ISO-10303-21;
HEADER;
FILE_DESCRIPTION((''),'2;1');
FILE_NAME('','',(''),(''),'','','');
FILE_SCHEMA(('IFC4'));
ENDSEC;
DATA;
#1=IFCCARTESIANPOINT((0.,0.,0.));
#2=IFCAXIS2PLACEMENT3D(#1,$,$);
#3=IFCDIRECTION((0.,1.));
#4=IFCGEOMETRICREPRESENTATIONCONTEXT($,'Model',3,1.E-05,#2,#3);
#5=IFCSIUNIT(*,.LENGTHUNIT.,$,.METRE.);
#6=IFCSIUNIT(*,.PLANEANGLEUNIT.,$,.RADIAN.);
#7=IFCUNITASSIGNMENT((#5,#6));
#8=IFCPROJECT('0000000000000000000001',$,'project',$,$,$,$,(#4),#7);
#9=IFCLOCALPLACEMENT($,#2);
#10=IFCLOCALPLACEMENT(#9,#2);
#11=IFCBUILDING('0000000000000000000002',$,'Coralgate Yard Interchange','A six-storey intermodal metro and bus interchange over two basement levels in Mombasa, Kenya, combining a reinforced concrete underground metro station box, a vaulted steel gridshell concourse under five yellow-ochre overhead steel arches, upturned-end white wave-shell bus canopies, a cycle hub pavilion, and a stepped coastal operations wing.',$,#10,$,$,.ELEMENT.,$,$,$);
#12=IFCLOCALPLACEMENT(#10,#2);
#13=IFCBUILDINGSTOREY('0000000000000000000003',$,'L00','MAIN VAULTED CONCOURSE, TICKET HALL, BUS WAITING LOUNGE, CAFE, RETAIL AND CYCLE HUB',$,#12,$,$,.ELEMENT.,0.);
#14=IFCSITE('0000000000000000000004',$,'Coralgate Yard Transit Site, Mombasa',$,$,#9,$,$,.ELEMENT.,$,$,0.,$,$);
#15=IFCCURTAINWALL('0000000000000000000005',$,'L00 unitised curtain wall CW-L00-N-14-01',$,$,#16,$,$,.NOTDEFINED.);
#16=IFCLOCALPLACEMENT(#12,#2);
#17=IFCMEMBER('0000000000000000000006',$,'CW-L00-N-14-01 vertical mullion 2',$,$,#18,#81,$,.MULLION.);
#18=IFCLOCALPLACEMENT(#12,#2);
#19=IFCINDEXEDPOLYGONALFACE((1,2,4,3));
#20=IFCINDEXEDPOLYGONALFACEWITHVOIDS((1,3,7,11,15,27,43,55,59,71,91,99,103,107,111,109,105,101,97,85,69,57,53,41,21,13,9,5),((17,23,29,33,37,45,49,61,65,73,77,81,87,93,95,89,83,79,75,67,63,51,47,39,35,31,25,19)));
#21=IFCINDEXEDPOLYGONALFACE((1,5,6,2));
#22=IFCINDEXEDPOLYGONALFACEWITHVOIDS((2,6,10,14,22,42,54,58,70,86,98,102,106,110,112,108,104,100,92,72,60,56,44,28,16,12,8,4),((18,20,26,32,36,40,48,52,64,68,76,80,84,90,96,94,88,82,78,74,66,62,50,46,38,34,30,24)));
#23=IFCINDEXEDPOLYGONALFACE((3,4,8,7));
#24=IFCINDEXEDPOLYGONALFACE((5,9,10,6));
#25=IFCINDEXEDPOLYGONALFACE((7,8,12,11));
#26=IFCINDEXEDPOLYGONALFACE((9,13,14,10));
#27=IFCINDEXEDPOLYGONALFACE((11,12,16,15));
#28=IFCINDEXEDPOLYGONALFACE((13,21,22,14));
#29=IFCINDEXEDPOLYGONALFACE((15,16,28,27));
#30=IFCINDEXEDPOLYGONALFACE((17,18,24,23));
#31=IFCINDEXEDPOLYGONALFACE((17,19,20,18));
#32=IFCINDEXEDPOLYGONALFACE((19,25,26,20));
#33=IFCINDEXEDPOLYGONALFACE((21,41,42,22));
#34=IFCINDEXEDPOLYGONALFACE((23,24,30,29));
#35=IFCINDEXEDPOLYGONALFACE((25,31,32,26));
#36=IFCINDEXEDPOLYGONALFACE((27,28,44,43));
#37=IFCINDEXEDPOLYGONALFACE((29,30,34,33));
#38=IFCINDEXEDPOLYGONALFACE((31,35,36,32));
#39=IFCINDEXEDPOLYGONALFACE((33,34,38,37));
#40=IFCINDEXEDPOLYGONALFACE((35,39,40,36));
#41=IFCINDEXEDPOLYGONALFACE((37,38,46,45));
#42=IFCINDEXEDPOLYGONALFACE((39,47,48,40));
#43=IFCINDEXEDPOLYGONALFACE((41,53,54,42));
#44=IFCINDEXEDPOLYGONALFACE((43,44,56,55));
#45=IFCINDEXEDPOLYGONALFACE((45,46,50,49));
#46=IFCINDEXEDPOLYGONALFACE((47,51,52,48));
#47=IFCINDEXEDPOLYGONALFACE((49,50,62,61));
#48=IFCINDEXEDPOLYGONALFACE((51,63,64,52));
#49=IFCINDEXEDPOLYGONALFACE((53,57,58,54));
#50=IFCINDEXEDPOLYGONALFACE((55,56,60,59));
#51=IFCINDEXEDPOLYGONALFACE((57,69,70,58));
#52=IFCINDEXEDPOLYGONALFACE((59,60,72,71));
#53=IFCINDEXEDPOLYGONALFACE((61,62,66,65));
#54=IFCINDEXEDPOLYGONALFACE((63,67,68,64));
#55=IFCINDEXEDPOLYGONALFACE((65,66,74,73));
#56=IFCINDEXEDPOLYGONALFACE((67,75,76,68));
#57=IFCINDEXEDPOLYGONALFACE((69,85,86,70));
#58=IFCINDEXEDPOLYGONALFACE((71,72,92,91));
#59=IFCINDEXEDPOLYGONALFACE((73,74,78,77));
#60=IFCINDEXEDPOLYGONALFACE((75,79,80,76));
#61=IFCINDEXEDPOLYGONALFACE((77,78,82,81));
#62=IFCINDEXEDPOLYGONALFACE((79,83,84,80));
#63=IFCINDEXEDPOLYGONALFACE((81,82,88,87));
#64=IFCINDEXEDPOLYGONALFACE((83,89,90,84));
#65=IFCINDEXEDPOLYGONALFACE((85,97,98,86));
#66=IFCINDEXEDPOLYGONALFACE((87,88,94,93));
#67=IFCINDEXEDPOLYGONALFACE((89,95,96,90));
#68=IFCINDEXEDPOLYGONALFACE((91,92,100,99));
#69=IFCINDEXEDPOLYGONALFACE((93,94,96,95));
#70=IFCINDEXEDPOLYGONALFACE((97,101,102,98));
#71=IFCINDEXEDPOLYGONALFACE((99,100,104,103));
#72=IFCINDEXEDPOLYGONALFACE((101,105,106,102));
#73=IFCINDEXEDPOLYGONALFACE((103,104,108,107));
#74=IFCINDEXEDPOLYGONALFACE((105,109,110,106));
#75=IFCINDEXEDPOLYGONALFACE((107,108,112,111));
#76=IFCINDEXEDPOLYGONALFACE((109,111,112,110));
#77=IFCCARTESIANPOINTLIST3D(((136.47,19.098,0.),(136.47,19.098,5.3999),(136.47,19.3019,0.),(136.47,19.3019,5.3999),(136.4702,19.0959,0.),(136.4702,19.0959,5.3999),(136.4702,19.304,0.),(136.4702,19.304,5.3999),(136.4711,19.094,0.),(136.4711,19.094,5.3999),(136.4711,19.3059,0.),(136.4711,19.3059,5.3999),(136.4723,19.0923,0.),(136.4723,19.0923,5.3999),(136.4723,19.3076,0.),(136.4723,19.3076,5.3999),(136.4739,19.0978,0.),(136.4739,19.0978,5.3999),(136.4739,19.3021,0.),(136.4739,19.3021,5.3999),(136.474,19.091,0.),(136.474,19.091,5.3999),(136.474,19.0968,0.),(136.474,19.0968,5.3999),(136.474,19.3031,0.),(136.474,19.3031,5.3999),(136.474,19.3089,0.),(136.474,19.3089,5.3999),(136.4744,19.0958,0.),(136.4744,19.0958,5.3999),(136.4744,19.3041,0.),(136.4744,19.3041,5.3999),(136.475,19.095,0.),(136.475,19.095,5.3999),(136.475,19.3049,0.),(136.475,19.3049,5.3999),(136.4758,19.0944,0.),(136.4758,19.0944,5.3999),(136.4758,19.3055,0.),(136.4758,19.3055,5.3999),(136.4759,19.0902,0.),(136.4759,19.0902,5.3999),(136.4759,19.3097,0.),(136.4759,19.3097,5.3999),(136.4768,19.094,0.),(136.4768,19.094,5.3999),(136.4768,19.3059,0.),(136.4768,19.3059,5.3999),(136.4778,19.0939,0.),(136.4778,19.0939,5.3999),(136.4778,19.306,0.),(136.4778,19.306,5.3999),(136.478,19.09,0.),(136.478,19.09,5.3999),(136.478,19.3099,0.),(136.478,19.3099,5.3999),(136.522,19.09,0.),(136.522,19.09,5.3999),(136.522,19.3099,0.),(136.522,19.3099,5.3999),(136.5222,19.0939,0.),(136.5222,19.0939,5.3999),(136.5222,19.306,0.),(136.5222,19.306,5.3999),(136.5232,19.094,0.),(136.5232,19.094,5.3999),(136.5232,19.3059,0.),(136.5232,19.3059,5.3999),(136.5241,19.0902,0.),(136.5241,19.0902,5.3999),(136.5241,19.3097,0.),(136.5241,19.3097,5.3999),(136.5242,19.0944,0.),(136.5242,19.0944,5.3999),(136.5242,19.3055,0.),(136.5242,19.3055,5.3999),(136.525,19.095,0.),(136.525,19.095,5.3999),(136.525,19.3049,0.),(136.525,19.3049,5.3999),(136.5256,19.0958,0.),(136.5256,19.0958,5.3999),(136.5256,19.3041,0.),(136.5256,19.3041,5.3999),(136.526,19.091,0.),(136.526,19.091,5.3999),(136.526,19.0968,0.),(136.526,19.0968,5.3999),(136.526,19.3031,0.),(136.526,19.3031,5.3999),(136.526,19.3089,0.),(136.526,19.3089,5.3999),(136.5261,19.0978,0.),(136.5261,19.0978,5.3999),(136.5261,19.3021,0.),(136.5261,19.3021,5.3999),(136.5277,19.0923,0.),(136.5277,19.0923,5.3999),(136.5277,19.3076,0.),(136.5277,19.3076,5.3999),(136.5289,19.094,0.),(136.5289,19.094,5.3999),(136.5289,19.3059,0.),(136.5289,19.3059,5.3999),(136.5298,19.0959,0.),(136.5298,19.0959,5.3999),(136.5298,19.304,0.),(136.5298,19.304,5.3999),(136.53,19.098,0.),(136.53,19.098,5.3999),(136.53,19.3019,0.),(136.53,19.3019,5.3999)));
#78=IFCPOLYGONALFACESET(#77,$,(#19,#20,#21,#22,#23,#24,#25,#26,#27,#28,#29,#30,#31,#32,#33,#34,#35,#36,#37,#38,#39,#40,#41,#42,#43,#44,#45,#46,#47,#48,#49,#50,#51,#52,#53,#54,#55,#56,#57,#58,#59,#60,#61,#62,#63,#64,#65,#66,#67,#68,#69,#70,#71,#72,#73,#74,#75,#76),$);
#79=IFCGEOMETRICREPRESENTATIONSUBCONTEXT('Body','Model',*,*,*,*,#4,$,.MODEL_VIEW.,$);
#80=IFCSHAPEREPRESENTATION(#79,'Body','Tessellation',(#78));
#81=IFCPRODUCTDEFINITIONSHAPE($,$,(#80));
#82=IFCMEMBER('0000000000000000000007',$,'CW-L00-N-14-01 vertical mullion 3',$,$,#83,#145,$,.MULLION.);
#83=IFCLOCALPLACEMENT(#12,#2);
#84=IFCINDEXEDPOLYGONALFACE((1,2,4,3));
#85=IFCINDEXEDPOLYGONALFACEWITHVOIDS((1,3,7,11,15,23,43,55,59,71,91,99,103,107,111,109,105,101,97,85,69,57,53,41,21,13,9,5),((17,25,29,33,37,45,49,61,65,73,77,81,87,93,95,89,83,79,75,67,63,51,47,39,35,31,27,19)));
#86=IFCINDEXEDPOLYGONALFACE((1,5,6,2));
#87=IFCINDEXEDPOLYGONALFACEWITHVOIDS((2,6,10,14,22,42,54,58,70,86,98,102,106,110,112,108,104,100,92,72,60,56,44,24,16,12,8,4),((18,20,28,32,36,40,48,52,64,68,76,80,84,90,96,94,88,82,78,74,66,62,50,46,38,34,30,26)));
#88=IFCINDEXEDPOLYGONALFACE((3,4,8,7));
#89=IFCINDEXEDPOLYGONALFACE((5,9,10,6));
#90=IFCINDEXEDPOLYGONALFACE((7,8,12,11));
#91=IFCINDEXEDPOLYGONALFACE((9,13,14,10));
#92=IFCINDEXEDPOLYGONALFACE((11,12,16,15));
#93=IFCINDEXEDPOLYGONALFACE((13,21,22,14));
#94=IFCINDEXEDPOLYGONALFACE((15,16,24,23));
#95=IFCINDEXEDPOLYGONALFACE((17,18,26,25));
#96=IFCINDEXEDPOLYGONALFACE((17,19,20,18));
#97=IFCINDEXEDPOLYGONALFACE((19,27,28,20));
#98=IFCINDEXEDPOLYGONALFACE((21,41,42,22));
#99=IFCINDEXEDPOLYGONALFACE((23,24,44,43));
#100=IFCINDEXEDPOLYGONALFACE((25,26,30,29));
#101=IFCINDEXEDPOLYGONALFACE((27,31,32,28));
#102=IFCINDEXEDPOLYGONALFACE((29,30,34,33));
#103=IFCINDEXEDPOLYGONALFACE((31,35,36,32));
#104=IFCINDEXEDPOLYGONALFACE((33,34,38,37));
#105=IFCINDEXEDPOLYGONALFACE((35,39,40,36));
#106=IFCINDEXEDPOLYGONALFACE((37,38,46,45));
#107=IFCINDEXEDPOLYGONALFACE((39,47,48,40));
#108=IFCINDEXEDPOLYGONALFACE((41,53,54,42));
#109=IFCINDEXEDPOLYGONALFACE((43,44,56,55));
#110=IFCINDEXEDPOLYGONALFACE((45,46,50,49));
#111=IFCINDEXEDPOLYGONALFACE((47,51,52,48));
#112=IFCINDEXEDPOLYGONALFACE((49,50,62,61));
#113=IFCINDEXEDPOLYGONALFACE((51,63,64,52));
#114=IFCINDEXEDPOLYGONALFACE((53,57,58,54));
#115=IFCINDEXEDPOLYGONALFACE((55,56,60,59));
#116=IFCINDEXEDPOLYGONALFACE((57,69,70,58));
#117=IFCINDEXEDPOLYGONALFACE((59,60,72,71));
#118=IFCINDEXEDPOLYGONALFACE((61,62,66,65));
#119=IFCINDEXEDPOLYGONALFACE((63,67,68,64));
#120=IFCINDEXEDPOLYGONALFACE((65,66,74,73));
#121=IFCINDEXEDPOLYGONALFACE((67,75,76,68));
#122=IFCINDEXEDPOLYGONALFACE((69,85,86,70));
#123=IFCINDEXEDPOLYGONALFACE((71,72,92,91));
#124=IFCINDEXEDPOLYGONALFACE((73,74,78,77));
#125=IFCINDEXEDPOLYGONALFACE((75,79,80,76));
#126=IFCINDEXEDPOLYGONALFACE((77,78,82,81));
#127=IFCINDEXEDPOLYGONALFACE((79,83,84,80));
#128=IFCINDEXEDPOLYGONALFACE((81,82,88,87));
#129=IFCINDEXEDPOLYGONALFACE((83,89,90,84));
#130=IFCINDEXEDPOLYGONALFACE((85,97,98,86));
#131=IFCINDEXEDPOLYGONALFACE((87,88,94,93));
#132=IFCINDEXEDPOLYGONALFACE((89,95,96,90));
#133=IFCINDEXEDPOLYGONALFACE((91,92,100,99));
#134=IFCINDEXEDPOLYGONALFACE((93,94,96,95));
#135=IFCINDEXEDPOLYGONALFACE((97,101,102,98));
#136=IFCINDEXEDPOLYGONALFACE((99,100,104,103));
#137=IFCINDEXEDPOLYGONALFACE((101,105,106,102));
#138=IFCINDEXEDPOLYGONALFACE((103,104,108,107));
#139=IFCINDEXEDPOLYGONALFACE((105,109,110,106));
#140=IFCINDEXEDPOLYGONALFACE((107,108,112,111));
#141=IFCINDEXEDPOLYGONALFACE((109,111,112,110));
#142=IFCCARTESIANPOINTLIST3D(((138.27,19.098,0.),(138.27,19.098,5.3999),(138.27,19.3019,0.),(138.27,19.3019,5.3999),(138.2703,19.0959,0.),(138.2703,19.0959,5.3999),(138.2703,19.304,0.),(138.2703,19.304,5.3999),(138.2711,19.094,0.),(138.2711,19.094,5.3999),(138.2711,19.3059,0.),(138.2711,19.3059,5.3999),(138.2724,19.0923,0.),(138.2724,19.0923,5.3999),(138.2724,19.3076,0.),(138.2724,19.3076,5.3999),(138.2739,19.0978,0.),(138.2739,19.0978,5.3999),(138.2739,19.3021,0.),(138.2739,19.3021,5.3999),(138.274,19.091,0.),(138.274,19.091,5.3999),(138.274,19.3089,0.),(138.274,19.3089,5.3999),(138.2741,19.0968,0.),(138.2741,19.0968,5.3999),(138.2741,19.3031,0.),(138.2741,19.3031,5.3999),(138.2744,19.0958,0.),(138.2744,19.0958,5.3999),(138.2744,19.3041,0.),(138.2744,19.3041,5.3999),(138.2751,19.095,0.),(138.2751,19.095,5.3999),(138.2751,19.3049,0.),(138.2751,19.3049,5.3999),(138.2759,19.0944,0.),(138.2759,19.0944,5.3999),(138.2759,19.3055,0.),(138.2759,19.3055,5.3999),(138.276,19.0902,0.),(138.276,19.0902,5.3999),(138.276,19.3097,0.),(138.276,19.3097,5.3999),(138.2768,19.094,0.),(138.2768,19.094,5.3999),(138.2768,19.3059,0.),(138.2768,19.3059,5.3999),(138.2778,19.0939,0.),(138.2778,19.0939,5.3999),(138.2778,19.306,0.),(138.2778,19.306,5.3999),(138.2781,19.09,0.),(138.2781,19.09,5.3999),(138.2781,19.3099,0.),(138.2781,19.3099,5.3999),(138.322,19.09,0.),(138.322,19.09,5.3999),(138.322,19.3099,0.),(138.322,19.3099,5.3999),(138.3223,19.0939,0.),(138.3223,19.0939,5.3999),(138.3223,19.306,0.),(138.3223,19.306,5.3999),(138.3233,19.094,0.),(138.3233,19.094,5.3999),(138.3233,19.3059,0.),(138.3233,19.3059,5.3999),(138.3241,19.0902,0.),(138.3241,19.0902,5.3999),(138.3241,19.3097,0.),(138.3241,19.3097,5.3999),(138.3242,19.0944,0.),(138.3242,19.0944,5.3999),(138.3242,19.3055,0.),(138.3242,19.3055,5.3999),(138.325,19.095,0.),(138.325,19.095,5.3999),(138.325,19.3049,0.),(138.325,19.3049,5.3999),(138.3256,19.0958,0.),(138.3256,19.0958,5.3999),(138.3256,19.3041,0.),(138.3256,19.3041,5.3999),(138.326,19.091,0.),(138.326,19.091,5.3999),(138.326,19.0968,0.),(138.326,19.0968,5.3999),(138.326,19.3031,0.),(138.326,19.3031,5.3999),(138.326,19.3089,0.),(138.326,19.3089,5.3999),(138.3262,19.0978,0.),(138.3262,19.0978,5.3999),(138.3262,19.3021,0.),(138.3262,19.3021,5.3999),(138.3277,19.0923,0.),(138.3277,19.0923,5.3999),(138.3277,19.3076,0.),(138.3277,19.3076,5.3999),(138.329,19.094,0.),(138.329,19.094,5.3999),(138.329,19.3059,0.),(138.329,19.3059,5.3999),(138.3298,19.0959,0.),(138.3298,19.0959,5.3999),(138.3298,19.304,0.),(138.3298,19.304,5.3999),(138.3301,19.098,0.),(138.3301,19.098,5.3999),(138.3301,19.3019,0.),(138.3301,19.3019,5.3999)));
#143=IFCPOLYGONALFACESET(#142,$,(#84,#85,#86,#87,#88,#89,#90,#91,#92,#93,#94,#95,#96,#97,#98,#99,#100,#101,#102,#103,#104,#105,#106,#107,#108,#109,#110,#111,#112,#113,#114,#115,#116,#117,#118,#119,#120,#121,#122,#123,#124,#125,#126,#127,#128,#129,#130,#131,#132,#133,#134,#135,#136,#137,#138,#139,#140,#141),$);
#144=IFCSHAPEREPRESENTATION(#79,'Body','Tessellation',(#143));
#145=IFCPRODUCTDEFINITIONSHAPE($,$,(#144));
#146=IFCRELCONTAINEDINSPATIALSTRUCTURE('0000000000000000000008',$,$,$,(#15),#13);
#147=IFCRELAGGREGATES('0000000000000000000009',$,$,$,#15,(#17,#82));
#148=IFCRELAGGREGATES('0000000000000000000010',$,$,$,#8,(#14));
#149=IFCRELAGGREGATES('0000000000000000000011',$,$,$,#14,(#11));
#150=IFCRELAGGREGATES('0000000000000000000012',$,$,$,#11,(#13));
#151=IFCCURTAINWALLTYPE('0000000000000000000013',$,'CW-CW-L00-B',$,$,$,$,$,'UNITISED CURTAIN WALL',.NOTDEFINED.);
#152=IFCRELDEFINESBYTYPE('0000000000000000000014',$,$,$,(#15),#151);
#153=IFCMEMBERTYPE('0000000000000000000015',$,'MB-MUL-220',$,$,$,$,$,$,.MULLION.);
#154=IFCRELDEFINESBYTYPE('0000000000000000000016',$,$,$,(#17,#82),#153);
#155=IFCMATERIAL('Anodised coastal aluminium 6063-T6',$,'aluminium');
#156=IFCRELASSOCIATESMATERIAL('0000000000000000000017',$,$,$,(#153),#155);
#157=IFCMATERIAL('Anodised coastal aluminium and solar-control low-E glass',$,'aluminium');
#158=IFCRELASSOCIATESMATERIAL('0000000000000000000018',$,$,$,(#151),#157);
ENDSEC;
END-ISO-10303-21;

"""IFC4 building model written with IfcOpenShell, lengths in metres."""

from ifc_helpers import new_model, si_unit, direction, frame, origin, origin_2d, place, context, subcontext, project, spatial, hollow_rectangle, extrude, material, material_profile, profile_set, type_object, element, aggregate, save


model = new_model("IFC4")

# Units and contexts
model_context = context("Model", 3, precision=1e-05, world=origin(), true_north=direction((0.0, 1.0)))
body_context = subcontext(model_context, "Body", "Model", "MODEL_VIEW")
ifc_project = project(units=[si_unit("LENGTHUNIT", "METRE"), si_unit("PLANEANGLEUNIT", "RADIAN")], contexts=[model_context])

# Site, building, storey
site_placement = place(None, origin())
site = spatial("IfcSite", under=ifc_project, at=site_placement, Name="Coralgate Yard Transit Site, Mombasa", CompositionType="ELEMENT", RefElevation=0.0)
building_placement = place(site_placement, origin())
building = spatial("IfcBuilding", under=site, at=building_placement, Name="Coralgate Yard Interchange", Description="A six-storey intermodal metro and bus interchange over two basement levels in Mombasa, Kenya, combining a reinforced concrete underground metro station box, a vaulted steel gridshell concourse under five yellow-ochre overhead steel arches, upturned-end white wave-shell bus canopies, a cycle hub pavilion, and a stepped coastal operations wing.", CompositionType="ELEMENT")
storey_placement = place(building_placement, origin())
storey = spatial("IfcBuildingStorey", under=building, at=storey_placement, Name="L00", Description="MAIN VAULTED CONCOURSE, TICKET HALL, BUS WAITING LOUNGE, CAFE, RETAIL AND CYCLE HUB", CompositionType="ELEMENT", Elevation=0.0)

# Shared definitions
ifc_material_1 = material(Name="Anodised coastal aluminium and solar-control low-E glass", Category="aluminium")
ifc_material_2 = material(Name="Anodised coastal aluminium 6063-T6", Category="aluminium")
ifc_material_profile_1 = material_profile(ifc_material_2, hollow_rectangle(XDim=0.0601, YDim=0.22, WallThickness=0.0039, InnerFilletRadius=0.0039, OuterFilletRadius=0.0081, at=origin_2d()), Name="ALU 60x220x4")
ifc_profile_set_1 = profile_set([ifc_material_profile_1], Name="Anodised coastal aluminium 6063-T6")
member_type_1 = type_object("IfcMemberType", Name="MB-MUL-220", PredefinedType="MULLION", material=ifc_profile_set_1)

# Curtain wall, members
curtain_wall_type_1 = type_object("IfcCurtainWallType", Name="CW-CW-L00-B", ElementType="UNITISED CURTAIN WALL", PredefinedType="NOTDEFINED", material=ifc_material_1)
curtain_wall_1_placement = place(storey_placement, origin())
curtain_wall_1 = element("IfcCurtainWall", 1, at=curtain_wall_1_placement, inside=storey, type_object=curtain_wall_type_1, Name="L00 unitised curtain wall CW-L00-N-14-01", PredefinedType="NOTDEFINED")
member_1_placement = place(storey_placement, frame((136.5, 19.2, 0.0), z_axis=(0.0, 0.0, 1.0), x_axis=(1.0, 0.0, 0.0)))
member_1 = element("IfcMember", 2, at=member_1_placement, type_object=member_type_1, Name="CW-L00-N-14-01 vertical mullion 2", PredefinedType="MULLION", context=body_context, shape_type="SweptSolid", body=[
    extrude(hollow_rectangle(XDim=0.0601, YDim=0.22, WallThickness=0.0039, InnerFilletRadius=0.0039, OuterFilletRadius=0.0081, at=origin_2d()), origin(), (0.0, 0.0, 1.0), 5.3999),
])
member_2_placement = place(storey_placement, frame((138.3, 19.2, 0.0), z_axis=(0.0, 0.0, 1.0), x_axis=(1.0, 0.0, 0.0)))
member_2 = element("IfcMember", 3, at=member_2_placement, type_object=member_type_1, Name="CW-L00-N-14-01 vertical mullion 3", PredefinedType="MULLION", context=body_context, shape_type="SweptSolid", body=[
    extrude(hollow_rectangle(XDim=0.0601, YDim=0.22, WallThickness=0.0039, InnerFilletRadius=0.0039, OuterFilletRadius=0.0081, at=origin_2d()), origin(), (0.0, 0.0, 1.0), 5.3999),
])
aggregate(curtain_wall_1, [member_1, member_2])

save(model, "model.ifc")
